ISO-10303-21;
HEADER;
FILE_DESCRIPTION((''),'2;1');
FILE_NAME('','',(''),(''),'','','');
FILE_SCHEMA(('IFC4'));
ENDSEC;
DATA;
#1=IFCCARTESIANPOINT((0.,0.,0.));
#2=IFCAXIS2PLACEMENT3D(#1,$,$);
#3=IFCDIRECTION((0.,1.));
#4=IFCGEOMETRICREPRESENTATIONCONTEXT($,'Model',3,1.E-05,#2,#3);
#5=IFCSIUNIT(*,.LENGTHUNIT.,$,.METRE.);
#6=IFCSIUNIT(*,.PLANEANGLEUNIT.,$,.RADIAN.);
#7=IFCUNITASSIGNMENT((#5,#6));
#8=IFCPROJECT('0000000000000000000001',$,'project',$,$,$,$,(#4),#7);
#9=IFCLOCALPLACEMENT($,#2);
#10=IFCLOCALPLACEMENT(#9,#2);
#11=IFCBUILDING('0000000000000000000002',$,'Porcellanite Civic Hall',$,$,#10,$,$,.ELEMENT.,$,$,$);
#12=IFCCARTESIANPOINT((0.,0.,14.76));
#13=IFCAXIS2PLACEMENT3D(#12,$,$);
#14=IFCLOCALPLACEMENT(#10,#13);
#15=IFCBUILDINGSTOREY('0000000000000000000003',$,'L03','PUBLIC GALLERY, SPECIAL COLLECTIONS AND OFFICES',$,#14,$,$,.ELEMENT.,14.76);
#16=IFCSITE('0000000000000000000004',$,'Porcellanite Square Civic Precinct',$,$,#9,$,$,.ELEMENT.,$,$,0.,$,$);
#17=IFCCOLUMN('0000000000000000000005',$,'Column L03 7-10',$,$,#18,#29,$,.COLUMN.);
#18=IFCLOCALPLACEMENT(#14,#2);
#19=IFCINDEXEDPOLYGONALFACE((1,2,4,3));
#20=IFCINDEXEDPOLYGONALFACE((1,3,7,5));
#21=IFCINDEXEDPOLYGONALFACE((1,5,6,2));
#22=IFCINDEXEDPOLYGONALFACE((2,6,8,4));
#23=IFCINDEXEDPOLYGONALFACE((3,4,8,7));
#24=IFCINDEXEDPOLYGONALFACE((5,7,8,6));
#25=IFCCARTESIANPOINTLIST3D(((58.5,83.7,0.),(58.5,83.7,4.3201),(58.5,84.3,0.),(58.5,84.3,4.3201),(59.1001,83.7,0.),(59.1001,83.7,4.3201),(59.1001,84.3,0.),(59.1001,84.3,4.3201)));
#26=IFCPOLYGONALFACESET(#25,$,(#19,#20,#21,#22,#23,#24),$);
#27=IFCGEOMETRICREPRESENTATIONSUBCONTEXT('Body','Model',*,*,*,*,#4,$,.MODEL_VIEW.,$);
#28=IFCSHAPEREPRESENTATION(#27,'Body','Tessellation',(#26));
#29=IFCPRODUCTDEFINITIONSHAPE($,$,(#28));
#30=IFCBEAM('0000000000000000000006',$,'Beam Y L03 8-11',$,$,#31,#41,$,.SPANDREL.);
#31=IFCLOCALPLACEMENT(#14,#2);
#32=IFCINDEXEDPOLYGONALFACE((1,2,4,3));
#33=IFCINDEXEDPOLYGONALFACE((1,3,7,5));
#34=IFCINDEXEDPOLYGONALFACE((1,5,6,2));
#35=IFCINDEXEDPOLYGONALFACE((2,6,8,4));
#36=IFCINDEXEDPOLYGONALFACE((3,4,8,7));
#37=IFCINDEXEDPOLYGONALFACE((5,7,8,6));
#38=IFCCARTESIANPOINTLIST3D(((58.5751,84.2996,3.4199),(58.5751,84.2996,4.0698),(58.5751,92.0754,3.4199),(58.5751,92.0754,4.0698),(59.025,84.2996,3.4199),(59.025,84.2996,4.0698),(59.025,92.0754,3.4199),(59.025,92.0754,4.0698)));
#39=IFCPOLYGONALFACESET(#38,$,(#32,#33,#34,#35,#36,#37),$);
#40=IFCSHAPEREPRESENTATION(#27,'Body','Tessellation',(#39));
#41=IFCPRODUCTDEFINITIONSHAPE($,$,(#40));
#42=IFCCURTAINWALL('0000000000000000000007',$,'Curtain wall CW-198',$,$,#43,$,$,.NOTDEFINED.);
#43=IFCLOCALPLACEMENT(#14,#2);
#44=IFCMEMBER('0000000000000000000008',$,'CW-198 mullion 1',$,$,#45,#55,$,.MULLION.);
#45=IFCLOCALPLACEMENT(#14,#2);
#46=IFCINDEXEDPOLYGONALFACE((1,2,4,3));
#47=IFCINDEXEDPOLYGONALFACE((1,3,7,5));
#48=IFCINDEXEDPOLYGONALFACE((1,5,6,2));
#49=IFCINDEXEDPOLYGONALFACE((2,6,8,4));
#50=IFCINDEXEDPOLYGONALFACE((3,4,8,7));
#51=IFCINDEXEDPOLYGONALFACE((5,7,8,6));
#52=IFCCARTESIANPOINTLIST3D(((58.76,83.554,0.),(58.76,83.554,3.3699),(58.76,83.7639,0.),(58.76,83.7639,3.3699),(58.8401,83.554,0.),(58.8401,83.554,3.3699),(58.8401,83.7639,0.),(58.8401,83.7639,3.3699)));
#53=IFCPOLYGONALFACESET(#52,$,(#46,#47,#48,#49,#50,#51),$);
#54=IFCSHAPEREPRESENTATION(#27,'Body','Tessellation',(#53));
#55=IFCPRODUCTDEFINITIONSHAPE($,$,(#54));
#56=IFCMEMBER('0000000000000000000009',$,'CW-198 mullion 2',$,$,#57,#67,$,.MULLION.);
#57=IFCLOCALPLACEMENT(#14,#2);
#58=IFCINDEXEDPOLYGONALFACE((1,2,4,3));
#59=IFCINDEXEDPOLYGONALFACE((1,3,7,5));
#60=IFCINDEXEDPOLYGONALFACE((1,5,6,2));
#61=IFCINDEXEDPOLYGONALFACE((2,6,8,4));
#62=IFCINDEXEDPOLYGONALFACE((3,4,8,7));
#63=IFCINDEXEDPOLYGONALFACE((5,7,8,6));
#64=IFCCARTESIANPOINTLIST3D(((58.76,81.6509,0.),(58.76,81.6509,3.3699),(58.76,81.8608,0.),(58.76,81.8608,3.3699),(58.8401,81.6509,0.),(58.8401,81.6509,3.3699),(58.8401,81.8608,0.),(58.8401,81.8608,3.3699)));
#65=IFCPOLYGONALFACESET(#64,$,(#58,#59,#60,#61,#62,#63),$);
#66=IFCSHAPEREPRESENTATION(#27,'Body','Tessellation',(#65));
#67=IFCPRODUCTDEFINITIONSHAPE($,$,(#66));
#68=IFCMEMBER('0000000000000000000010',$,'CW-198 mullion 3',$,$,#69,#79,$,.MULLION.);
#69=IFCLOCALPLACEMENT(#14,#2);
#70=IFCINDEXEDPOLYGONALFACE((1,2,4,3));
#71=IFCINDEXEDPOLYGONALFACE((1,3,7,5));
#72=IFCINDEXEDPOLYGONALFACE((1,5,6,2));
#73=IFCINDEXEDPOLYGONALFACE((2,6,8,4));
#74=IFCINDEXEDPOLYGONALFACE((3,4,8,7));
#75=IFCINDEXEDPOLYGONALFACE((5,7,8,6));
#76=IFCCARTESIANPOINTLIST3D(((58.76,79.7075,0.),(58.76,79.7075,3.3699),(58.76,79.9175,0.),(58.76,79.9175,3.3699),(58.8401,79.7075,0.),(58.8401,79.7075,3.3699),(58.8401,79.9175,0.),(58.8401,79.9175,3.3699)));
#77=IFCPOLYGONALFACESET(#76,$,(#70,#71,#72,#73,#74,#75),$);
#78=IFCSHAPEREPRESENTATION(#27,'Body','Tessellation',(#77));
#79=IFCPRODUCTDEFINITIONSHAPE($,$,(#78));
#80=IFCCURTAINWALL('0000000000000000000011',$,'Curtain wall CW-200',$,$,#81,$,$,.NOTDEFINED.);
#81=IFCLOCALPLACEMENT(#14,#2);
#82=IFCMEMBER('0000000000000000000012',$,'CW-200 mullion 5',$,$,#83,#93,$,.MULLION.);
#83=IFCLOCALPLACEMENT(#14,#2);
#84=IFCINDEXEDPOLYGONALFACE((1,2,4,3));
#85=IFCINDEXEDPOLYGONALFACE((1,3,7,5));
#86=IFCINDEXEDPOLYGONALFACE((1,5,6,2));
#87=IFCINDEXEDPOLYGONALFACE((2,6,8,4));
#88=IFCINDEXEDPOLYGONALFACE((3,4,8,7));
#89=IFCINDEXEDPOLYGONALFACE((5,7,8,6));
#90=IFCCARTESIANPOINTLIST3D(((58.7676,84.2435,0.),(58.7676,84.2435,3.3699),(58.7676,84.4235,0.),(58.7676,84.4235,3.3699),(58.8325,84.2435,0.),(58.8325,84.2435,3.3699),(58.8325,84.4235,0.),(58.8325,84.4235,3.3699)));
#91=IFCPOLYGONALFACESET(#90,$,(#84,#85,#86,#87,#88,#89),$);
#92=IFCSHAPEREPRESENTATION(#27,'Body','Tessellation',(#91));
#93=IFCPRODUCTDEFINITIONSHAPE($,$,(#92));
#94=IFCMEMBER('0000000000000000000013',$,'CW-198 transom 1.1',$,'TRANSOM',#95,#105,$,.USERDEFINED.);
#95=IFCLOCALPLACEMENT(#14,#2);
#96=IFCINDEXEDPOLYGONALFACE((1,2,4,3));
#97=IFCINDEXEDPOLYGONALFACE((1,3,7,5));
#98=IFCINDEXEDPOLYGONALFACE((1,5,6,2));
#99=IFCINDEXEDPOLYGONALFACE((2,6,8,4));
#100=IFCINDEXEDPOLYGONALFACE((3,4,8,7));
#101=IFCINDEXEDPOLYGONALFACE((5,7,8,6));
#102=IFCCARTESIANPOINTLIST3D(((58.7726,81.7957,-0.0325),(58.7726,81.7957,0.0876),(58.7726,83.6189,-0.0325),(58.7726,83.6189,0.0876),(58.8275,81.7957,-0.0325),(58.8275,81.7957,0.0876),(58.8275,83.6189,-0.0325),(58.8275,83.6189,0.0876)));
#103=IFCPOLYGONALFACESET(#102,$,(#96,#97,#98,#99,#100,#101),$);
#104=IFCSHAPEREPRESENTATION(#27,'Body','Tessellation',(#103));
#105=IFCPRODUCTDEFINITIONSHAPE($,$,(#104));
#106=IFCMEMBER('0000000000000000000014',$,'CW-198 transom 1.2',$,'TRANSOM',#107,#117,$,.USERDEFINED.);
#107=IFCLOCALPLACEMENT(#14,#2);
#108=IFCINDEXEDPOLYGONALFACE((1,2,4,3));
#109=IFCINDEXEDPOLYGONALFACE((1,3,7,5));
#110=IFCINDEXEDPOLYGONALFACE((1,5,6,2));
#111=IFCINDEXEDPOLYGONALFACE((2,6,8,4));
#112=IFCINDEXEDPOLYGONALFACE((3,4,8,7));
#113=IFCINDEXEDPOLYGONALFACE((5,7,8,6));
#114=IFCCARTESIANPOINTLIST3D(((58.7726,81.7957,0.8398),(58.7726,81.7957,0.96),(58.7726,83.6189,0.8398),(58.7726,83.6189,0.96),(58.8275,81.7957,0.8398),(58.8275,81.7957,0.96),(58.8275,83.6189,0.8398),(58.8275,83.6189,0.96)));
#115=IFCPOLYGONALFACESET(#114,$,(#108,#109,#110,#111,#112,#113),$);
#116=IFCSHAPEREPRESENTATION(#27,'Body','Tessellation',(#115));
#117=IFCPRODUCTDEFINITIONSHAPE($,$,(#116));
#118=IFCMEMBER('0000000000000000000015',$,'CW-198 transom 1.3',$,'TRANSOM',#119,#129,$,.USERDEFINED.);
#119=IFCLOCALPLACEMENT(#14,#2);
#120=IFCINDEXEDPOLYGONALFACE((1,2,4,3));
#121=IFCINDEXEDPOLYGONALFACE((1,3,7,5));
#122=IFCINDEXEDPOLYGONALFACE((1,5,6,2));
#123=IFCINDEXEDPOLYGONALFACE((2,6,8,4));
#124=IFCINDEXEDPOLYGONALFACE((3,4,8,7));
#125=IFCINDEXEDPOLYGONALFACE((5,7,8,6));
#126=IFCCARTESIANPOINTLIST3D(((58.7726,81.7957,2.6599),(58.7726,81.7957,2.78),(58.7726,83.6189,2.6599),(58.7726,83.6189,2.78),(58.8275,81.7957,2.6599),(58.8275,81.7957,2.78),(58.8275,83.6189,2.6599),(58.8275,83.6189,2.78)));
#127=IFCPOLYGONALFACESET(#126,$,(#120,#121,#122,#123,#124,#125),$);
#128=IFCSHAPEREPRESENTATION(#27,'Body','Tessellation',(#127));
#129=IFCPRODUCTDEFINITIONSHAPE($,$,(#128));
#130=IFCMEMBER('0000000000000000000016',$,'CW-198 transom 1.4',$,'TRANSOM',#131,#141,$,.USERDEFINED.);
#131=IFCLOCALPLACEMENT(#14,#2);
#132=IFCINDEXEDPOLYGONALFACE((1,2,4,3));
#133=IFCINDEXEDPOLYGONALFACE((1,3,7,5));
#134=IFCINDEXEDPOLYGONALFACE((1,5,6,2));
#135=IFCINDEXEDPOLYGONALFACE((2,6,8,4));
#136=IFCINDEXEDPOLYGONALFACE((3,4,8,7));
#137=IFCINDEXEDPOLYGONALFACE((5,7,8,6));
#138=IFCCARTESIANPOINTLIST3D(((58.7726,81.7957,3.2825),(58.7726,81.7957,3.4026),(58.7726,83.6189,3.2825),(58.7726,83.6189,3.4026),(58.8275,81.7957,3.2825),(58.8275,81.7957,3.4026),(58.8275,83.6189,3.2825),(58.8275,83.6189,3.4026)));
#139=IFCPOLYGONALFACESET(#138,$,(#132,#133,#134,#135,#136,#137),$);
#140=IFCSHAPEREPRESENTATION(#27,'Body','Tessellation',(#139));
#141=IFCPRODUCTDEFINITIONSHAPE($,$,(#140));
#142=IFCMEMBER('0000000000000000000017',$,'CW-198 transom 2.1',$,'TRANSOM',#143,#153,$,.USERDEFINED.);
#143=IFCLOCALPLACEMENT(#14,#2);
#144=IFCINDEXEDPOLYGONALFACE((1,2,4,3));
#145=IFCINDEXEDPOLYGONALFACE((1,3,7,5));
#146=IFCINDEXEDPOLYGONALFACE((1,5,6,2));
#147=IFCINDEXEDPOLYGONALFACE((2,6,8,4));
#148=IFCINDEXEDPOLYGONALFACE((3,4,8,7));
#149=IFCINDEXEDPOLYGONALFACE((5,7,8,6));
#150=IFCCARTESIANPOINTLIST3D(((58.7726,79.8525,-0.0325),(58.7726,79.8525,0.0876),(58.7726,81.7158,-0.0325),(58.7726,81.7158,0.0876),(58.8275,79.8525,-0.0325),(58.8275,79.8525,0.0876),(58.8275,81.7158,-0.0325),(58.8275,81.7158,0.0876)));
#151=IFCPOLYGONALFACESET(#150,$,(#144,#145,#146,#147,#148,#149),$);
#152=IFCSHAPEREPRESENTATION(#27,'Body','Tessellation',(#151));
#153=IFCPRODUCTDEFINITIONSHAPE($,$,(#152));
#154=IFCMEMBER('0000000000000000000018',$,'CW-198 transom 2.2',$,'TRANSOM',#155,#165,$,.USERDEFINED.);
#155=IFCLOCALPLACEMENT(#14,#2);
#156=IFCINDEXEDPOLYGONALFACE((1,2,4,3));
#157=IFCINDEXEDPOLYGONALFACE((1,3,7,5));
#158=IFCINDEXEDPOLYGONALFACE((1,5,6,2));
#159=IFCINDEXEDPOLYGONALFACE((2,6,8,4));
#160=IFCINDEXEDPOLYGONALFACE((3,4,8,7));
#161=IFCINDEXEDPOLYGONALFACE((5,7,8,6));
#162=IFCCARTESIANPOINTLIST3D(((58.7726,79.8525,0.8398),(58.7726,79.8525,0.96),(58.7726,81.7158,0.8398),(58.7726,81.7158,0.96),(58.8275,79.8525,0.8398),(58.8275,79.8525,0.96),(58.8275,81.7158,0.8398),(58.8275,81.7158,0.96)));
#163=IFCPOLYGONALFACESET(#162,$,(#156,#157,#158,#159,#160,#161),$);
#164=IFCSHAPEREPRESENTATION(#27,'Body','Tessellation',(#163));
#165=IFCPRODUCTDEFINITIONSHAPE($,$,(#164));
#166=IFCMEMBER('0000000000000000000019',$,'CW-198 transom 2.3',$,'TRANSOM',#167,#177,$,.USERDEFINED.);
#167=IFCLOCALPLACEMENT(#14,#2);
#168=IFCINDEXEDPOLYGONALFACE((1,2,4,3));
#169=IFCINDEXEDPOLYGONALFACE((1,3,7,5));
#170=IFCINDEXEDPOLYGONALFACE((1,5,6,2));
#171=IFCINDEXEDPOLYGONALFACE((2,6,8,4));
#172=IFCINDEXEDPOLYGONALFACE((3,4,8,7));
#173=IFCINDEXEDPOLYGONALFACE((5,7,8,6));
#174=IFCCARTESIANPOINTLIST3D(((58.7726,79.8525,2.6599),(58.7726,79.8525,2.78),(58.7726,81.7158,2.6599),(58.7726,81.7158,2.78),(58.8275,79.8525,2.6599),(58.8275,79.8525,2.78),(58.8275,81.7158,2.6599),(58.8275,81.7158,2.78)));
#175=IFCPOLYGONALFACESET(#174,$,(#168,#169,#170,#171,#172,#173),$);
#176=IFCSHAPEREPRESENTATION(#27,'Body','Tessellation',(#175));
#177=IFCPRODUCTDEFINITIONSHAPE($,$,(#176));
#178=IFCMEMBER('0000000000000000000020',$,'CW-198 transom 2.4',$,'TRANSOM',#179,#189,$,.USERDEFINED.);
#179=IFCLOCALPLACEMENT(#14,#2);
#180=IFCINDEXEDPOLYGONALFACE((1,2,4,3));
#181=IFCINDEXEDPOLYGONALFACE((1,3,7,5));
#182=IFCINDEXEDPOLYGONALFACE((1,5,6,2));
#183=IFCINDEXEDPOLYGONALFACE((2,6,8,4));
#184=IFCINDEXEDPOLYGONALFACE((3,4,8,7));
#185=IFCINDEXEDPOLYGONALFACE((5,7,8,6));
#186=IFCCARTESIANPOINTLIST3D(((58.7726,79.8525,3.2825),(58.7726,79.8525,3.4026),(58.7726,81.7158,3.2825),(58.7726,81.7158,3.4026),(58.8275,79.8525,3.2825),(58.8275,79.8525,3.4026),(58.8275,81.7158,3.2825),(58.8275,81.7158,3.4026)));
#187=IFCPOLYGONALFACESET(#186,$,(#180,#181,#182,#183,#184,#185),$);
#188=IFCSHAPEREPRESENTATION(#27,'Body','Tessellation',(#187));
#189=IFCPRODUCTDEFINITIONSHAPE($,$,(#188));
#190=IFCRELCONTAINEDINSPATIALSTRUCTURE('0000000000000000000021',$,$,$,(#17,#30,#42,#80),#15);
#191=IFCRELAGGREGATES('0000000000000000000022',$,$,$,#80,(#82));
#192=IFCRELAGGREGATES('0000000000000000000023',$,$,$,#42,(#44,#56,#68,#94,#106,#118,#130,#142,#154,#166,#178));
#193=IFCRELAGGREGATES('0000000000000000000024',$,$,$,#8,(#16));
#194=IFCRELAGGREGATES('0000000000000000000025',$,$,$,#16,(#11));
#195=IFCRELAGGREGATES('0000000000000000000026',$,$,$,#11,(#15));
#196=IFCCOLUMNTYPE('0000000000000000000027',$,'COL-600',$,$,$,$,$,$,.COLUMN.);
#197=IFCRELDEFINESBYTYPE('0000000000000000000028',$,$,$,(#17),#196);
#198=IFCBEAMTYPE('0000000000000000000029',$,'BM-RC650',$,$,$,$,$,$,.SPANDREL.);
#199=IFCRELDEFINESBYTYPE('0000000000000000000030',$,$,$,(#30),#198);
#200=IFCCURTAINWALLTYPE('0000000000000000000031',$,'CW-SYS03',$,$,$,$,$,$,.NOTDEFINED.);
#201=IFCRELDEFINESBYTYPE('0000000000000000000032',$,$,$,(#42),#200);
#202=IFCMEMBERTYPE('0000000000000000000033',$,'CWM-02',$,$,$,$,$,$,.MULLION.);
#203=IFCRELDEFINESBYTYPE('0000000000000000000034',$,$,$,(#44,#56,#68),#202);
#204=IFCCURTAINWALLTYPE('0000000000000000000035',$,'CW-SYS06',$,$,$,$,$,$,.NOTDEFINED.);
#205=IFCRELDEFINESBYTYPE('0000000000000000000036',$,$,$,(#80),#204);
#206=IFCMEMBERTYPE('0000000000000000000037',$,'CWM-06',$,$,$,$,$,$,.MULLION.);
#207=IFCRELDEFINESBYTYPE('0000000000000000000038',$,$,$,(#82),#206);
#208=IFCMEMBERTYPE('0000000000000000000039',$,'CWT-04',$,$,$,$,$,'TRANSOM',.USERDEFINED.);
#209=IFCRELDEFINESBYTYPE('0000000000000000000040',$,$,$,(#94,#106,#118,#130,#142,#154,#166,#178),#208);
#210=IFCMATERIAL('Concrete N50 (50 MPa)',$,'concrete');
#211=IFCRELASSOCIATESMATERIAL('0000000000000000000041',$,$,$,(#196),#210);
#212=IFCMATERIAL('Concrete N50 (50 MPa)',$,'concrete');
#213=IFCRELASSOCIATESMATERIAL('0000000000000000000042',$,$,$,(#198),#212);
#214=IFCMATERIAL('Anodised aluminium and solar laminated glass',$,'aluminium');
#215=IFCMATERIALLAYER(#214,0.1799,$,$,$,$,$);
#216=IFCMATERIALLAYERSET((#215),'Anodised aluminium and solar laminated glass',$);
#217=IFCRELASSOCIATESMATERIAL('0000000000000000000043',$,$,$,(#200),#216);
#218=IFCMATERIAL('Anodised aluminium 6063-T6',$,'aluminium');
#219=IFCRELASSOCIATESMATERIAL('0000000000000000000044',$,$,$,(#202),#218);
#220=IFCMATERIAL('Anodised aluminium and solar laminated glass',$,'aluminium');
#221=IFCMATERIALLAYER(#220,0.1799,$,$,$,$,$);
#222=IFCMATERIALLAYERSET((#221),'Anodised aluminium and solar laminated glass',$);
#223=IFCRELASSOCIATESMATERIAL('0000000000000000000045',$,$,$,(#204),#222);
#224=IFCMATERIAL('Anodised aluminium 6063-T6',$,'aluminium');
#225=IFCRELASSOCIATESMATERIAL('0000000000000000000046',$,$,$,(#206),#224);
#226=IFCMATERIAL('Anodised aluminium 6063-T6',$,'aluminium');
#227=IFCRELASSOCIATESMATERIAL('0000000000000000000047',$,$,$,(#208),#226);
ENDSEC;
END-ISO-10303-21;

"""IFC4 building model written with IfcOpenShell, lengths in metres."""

from ifc_helpers import new_model, si_unit, direction, frame, origin, origin_2d, place, context, subcontext, project, spatial, rectangle, extrude, material, layer, layer_set, material_profile, profile_set, type_object, element, aggregate, save


model = new_model("IFC4")

# Units and contexts
model_context = context("Model", 3, precision=1e-05, world=origin(), true_north=direction((0.0, 1.0)))
body_context = subcontext(model_context, "Body", "Model", "MODEL_VIEW")
ifc_project = project(units=[si_unit("LENGTHUNIT", "METRE"), si_unit("PLANEANGLEUNIT", "RADIAN")], contexts=[model_context])

# Site, building, storey
site_placement = place(None, origin())
site = spatial("IfcSite", under=ifc_project, at=site_placement, Name="Porcellanite Square Civic Precinct", CompositionType="ELEMENT", RefElevation=0.0)
building_placement = place(site_placement, origin())
building = spatial("IfcBuilding", under=site, at=building_placement, Name="Porcellanite Civic Hall", CompositionType="ELEMENT")
storey_placement = place(building_placement, frame((0.0, 0.0, 14.76)))
storey = spatial("IfcBuildingStorey", under=building, at=storey_placement, Name="L03", Description="PUBLIC GALLERY, SPECIAL COLLECTIONS AND OFFICES", CompositionType="ELEMENT", Elevation=14.76)

# Column
ifc_material_1 = material(Name="Concrete N50 (50 MPa)", Category="concrete")
ifc_material_profile_1 = material_profile(ifc_material_1, rectangle(XDim=0.6001, YDim=0.6001, at=origin_2d()), Name="RC-600x600")
ifc_profile_set_1 = profile_set([ifc_material_profile_1], Name="Concrete N50 (50 MPa)")
column_type = type_object("IfcColumnType", Name="COL-600", PredefinedType="COLUMN", material=ifc_profile_set_1)
column_placement = place(storey_placement, frame((58.8, 84.0, 0.0), z_axis=(0.0, 0.0, 1.0), x_axis=(1.0, 0.0, 0.0)))
element("IfcColumn", 1, at=column_placement, inside=storey, type_object=column_type, Name="Column L03 7-10", PredefinedType="COLUMN", context=body_context, shape_type="SweptSolid", body=[
    extrude(rectangle(XDim=0.6001, YDim=0.6001, at=origin_2d()), origin(), (0.0, 0.0, 1.0), 4.3201),
])

# Beam
ifc_material_2 = material(Name="Concrete N50 (50 MPa)", Category="concrete")
ifc_material_profile_2 = material_profile(ifc_material_2, rectangle(XDim=0.45, YDim=0.6499, at=origin_2d()), Name="RC-450x650")
ifc_profile_set_2 = profile_set([ifc_material_profile_2], Name="Concrete N50 (50 MPa)")
beam_type = type_object("IfcBeamType", Name="BM-RC650", PredefinedType="SPANDREL", material=ifc_profile_set_2)
beam_placement = place(storey_placement, frame((58.8, 84.2996, 3.7449), z_axis=(0.0, 1.0, 0.0), x_axis=(-1.0, 0.0, 0.0)))
element("IfcBeam", 2, at=beam_placement, inside=storey, type_object=beam_type, Name="Beam Y L03 8-11", PredefinedType="SPANDREL", context=body_context, shape_type="SweptSolid", body=[
    extrude(rectangle(XDim=0.45, YDim=0.6499, at=origin_2d()), origin(), (0.0, 0.0, 1.0), 7.7759),
])

# Curtain wall, members
ifc_material_3 = material(Name="Anodised aluminium and solar laminated glass", Category="aluminium")
ifc_layer_1 = layer(ifc_material_3, 0.1799)
ifc_layer_set_1 = layer_set([ifc_layer_1], Name="Anodised aluminium and solar laminated glass")
curtain_wall_type_1 = type_object("IfcCurtainWallType", Name="CW-SYS03", PredefinedType="NOTDEFINED", material=ifc_layer_set_1)
curtain_wall_1_placement = place(storey_placement, origin())
curtain_wall_1 = element("IfcCurtainWall", 3, at=curtain_wall_1_placement, inside=storey, type_object=curtain_wall_type_1, Name="Curtain wall CW-198", PredefinedType="NOTDEFINED")
ifc_material_4 = material(Name="Anodised aluminium 6063-T6", Category="aluminium")
ifc_material_profile_3 = material_profile(ifc_material_4, rectangle(XDim=0.0801, YDim=0.21, at=origin_2d()), Name="AL-80x210")
ifc_profile_set_3 = profile_set([ifc_material_profile_3], Name="Anodised aluminium 6063-T6")
member_type_1 = type_object("IfcMemberType", Name="CWM-02", PredefinedType="MULLION", material=ifc_profile_set_3)
member_1_placement = place(storey_placement, frame((58.8, 83.6589, 0.0), z_axis=(0.0, 0.0, 1.0), x_axis=(1.0, 0.0, 0.0)))
member_1 = element("IfcMember", 4, at=member_1_placement, type_object=member_type_1, Name="CW-198 mullion 1", PredefinedType="MULLION", context=body_context, shape_type="SweptSolid", body=[
    extrude(rectangle(XDim=0.0801, YDim=0.21, at=origin_2d()), origin(), (0.0, 0.0, 1.0), 3.3699),
])
member_2_placement = place(storey_placement, frame((58.8, 81.7559, 0.0), z_axis=(0.0, 0.0, 1.0), x_axis=(1.0, 0.0, 0.0)))
member_2 = element("IfcMember", 5, at=member_2_placement, type_object=member_type_1, Name="CW-198 mullion 2", PredefinedType="MULLION", context=body_context, shape_type="SweptSolid", body=[
    extrude(rectangle(XDim=0.0801, YDim=0.21, at=origin_2d()), origin(), (0.0, 0.0, 1.0), 3.3699),
])
member_3_placement = place(storey_placement, frame((58.8, 79.8125, 0.0), z_axis=(0.0, 0.0, 1.0), x_axis=(1.0, 0.0, 0.0)))
member_3 = element("IfcMember", 6, at=member_3_placement, type_object=member_type_1, Name="CW-198 mullion 3", PredefinedType="MULLION", context=body_context, shape_type="SweptSolid", body=[
    extrude(rectangle(XDim=0.0801, YDim=0.21, at=origin_2d()), origin(), (0.0, 0.0, 1.0), 3.3699),
])

# Curtain wall, member
ifc_material_5 = material(Name="Anodised aluminium and solar laminated glass", Category="aluminium")
ifc_layer_2 = layer(ifc_material_5, 0.1799)
ifc_layer_set_2 = layer_set([ifc_layer_2], Name="Anodised aluminium and solar laminated glass")
curtain_wall_type_2 = type_object("IfcCurtainWallType", Name="CW-SYS06", PredefinedType="NOTDEFINED", material=ifc_layer_set_2)
curtain_wall_2_placement = place(storey_placement, origin())
curtain_wall_2 = element("IfcCurtainWall", 7, at=curtain_wall_2_placement, inside=storey, type_object=curtain_wall_type_2, Name="Curtain wall CW-200", PredefinedType="NOTDEFINED")
ifc_material_6 = material(Name="Anodised aluminium 6063-T6", Category="aluminium")
ifc_material_profile_4 = material_profile(ifc_material_6, rectangle(XDim=0.0649, YDim=0.1799, at=origin_2d()), Name="AL-65x180")
ifc_profile_set_4 = profile_set([ifc_material_profile_4], Name="Anodised aluminium 6063-T6")
member_type_2 = type_object("IfcMemberType", Name="CWM-06", PredefinedType="MULLION", material=ifc_profile_set_4)
member_4_placement = place(storey_placement, frame((58.8, 84.3335, 0.0), z_axis=(0.0, 0.0, 1.0), x_axis=(1.0, 0.0, 0.0)))
member_4 = element("IfcMember", 8, at=member_4_placement, type_object=member_type_2, Name="CW-200 mullion 5", PredefinedType="MULLION", context=body_context, shape_type="SweptSolid", body=[
    extrude(rectangle(XDim=0.0649, YDim=0.1799, at=origin_2d()), origin(), (0.0, 0.0, 1.0), 3.3699),
])

# Members
ifc_material_7 = material(Name="Anodised aluminium 6063-T6", Category="aluminium")
ifc_material_profile_5 = material_profile(ifc_material_7, rectangle(XDim=0.0549, YDim=0.1201, at=origin_2d()), Name="AL-55x120")
ifc_profile_set_5 = profile_set([ifc_material_profile_5], Name="Anodised aluminium 6063-T6")
member_type_3 = type_object("IfcMemberType", Name="CWT-04", ElementType="TRANSOM", PredefinedType="USERDEFINED", material=ifc_profile_set_5)
member_5_placement = place(storey_placement, frame((58.8, 83.6189, 0.0276), z_axis=(0.0, -1.0, 0.0), x_axis=(1.0, 0.0, 0.0)))
member_5 = element("IfcMember", 9, at=member_5_placement, type_object=member_type_3, Name="CW-198 transom 1.1", ObjectType="TRANSOM", PredefinedType="USERDEFINED", context=body_context, shape_type="SweptSolid", body=[
    extrude(rectangle(XDim=0.0549, YDim=0.1201, at=origin_2d()), origin(), (0.0, 0.0, 1.0), 1.8232),
])
member_6_placement = place(storey_placement, frame((58.8, 83.6189, 0.8999), z_axis=(0.0, -1.0, 0.0), x_axis=(1.0, 0.0, 0.0)))
member_6 = element("IfcMember", 10, at=member_6_placement, type_object=member_type_3, Name="CW-198 transom 1.2", ObjectType="TRANSOM", PredefinedType="USERDEFINED", context=body_context, shape_type="SweptSolid", body=[
    extrude(rectangle(XDim=0.0549, YDim=0.1201, at=origin_2d()), origin(), (0.0, 0.0, 1.0), 1.8232),
])
member_7_placement = place(storey_placement, frame((58.8, 83.6189, 2.72), z_axis=(0.0, -1.0, 0.0), x_axis=(1.0, 0.0, 0.0)))
member_7 = element("IfcMember", 11, at=member_7_placement, type_object=member_type_3, Name="CW-198 transom 1.3", ObjectType="TRANSOM", PredefinedType="USERDEFINED", context=body_context, shape_type="SweptSolid", body=[
    extrude(rectangle(XDim=0.0549, YDim=0.1201, at=origin_2d()), origin(), (0.0, 0.0, 1.0), 1.8232),
])
member_8_placement = place(storey_placement, frame((58.8, 83.6189, 3.3425), z_axis=(0.0, -1.0, 0.0), x_axis=(1.0, 0.0, 0.0)))
member_8 = element("IfcMember", 12, at=member_8_placement, type_object=member_type_3, Name="CW-198 transom 1.4", ObjectType="TRANSOM", PredefinedType="USERDEFINED", context=body_context, shape_type="SweptSolid", body=[
    extrude(rectangle(XDim=0.0549, YDim=0.1201, at=origin_2d()), origin(), (0.0, 0.0, 1.0), 1.8232),
])
member_9_placement = place(storey_placement, frame((58.8, 81.7158, 0.0276), z_axis=(0.0, -1.0, 0.0), x_axis=(1.0, 0.0, 0.0)))
member_9 = element("IfcMember", 13, at=member_9_placement, type_object=member_type_3, Name="CW-198 transom 2.1", ObjectType="TRANSOM", PredefinedType="USERDEFINED", context=body_context, shape_type="SweptSolid", body=[
    extrude(rectangle(XDim=0.0549, YDim=0.1201, at=origin_2d()), origin(), (0.0, 0.0, 1.0), 1.8633),
])
member_10_placement = place(storey_placement, frame((58.8, 81.7158, 0.8999), z_axis=(0.0, -1.0, 0.0), x_axis=(1.0, 0.0, 0.0)))
member_10 = element("IfcMember", 14, at=member_10_placement, type_object=member_type_3, Name="CW-198 transom 2.2", ObjectType="TRANSOM", PredefinedType="USERDEFINED", context=body_context, shape_type="SweptSolid", body=[
    extrude(rectangle(XDim=0.0549, YDim=0.1201, at=origin_2d()), origin(), (0.0, 0.0, 1.0), 1.8633),
])
member_11_placement = place(storey_placement, frame((58.8, 81.7158, 2.72), z_axis=(0.0, -1.0, 0.0), x_axis=(1.0, 0.0, 0.0)))
member_11 = element("IfcMember", 15, at=member_11_placement, type_object=member_type_3, Name="CW-198 transom 2.3", ObjectType="TRANSOM", PredefinedType="USERDEFINED", context=body_context, shape_type="SweptSolid", body=[
    extrude(rectangle(XDim=0.0549, YDim=0.1201, at=origin_2d()), origin(), (0.0, 0.0, 1.0), 1.8633),
])
member_12_placement = place(storey_placement, frame((58.8, 81.7158, 3.3425), z_axis=(0.0, -1.0, 0.0), x_axis=(1.0, 0.0, 0.0)))
member_12 = element("IfcMember", 16, at=member_12_placement, type_object=member_type_3, Name="CW-198 transom 2.4", ObjectType="TRANSOM", PredefinedType="USERDEFINED", context=body_context, shape_type="SweptSolid", body=[
    extrude(rectangle(XDim=0.0549, YDim=0.1201, at=origin_2d()), origin(), (0.0, 0.0, 1.0), 1.8633),
])

aggregate(curtain_wall_2, [member_4])
aggregate(curtain_wall_1, [member_1, member_2, member_3, member_5, member_6, member_7, member_8, member_9, member_10, member_11, member_12])

save(model, "model.ifc")
